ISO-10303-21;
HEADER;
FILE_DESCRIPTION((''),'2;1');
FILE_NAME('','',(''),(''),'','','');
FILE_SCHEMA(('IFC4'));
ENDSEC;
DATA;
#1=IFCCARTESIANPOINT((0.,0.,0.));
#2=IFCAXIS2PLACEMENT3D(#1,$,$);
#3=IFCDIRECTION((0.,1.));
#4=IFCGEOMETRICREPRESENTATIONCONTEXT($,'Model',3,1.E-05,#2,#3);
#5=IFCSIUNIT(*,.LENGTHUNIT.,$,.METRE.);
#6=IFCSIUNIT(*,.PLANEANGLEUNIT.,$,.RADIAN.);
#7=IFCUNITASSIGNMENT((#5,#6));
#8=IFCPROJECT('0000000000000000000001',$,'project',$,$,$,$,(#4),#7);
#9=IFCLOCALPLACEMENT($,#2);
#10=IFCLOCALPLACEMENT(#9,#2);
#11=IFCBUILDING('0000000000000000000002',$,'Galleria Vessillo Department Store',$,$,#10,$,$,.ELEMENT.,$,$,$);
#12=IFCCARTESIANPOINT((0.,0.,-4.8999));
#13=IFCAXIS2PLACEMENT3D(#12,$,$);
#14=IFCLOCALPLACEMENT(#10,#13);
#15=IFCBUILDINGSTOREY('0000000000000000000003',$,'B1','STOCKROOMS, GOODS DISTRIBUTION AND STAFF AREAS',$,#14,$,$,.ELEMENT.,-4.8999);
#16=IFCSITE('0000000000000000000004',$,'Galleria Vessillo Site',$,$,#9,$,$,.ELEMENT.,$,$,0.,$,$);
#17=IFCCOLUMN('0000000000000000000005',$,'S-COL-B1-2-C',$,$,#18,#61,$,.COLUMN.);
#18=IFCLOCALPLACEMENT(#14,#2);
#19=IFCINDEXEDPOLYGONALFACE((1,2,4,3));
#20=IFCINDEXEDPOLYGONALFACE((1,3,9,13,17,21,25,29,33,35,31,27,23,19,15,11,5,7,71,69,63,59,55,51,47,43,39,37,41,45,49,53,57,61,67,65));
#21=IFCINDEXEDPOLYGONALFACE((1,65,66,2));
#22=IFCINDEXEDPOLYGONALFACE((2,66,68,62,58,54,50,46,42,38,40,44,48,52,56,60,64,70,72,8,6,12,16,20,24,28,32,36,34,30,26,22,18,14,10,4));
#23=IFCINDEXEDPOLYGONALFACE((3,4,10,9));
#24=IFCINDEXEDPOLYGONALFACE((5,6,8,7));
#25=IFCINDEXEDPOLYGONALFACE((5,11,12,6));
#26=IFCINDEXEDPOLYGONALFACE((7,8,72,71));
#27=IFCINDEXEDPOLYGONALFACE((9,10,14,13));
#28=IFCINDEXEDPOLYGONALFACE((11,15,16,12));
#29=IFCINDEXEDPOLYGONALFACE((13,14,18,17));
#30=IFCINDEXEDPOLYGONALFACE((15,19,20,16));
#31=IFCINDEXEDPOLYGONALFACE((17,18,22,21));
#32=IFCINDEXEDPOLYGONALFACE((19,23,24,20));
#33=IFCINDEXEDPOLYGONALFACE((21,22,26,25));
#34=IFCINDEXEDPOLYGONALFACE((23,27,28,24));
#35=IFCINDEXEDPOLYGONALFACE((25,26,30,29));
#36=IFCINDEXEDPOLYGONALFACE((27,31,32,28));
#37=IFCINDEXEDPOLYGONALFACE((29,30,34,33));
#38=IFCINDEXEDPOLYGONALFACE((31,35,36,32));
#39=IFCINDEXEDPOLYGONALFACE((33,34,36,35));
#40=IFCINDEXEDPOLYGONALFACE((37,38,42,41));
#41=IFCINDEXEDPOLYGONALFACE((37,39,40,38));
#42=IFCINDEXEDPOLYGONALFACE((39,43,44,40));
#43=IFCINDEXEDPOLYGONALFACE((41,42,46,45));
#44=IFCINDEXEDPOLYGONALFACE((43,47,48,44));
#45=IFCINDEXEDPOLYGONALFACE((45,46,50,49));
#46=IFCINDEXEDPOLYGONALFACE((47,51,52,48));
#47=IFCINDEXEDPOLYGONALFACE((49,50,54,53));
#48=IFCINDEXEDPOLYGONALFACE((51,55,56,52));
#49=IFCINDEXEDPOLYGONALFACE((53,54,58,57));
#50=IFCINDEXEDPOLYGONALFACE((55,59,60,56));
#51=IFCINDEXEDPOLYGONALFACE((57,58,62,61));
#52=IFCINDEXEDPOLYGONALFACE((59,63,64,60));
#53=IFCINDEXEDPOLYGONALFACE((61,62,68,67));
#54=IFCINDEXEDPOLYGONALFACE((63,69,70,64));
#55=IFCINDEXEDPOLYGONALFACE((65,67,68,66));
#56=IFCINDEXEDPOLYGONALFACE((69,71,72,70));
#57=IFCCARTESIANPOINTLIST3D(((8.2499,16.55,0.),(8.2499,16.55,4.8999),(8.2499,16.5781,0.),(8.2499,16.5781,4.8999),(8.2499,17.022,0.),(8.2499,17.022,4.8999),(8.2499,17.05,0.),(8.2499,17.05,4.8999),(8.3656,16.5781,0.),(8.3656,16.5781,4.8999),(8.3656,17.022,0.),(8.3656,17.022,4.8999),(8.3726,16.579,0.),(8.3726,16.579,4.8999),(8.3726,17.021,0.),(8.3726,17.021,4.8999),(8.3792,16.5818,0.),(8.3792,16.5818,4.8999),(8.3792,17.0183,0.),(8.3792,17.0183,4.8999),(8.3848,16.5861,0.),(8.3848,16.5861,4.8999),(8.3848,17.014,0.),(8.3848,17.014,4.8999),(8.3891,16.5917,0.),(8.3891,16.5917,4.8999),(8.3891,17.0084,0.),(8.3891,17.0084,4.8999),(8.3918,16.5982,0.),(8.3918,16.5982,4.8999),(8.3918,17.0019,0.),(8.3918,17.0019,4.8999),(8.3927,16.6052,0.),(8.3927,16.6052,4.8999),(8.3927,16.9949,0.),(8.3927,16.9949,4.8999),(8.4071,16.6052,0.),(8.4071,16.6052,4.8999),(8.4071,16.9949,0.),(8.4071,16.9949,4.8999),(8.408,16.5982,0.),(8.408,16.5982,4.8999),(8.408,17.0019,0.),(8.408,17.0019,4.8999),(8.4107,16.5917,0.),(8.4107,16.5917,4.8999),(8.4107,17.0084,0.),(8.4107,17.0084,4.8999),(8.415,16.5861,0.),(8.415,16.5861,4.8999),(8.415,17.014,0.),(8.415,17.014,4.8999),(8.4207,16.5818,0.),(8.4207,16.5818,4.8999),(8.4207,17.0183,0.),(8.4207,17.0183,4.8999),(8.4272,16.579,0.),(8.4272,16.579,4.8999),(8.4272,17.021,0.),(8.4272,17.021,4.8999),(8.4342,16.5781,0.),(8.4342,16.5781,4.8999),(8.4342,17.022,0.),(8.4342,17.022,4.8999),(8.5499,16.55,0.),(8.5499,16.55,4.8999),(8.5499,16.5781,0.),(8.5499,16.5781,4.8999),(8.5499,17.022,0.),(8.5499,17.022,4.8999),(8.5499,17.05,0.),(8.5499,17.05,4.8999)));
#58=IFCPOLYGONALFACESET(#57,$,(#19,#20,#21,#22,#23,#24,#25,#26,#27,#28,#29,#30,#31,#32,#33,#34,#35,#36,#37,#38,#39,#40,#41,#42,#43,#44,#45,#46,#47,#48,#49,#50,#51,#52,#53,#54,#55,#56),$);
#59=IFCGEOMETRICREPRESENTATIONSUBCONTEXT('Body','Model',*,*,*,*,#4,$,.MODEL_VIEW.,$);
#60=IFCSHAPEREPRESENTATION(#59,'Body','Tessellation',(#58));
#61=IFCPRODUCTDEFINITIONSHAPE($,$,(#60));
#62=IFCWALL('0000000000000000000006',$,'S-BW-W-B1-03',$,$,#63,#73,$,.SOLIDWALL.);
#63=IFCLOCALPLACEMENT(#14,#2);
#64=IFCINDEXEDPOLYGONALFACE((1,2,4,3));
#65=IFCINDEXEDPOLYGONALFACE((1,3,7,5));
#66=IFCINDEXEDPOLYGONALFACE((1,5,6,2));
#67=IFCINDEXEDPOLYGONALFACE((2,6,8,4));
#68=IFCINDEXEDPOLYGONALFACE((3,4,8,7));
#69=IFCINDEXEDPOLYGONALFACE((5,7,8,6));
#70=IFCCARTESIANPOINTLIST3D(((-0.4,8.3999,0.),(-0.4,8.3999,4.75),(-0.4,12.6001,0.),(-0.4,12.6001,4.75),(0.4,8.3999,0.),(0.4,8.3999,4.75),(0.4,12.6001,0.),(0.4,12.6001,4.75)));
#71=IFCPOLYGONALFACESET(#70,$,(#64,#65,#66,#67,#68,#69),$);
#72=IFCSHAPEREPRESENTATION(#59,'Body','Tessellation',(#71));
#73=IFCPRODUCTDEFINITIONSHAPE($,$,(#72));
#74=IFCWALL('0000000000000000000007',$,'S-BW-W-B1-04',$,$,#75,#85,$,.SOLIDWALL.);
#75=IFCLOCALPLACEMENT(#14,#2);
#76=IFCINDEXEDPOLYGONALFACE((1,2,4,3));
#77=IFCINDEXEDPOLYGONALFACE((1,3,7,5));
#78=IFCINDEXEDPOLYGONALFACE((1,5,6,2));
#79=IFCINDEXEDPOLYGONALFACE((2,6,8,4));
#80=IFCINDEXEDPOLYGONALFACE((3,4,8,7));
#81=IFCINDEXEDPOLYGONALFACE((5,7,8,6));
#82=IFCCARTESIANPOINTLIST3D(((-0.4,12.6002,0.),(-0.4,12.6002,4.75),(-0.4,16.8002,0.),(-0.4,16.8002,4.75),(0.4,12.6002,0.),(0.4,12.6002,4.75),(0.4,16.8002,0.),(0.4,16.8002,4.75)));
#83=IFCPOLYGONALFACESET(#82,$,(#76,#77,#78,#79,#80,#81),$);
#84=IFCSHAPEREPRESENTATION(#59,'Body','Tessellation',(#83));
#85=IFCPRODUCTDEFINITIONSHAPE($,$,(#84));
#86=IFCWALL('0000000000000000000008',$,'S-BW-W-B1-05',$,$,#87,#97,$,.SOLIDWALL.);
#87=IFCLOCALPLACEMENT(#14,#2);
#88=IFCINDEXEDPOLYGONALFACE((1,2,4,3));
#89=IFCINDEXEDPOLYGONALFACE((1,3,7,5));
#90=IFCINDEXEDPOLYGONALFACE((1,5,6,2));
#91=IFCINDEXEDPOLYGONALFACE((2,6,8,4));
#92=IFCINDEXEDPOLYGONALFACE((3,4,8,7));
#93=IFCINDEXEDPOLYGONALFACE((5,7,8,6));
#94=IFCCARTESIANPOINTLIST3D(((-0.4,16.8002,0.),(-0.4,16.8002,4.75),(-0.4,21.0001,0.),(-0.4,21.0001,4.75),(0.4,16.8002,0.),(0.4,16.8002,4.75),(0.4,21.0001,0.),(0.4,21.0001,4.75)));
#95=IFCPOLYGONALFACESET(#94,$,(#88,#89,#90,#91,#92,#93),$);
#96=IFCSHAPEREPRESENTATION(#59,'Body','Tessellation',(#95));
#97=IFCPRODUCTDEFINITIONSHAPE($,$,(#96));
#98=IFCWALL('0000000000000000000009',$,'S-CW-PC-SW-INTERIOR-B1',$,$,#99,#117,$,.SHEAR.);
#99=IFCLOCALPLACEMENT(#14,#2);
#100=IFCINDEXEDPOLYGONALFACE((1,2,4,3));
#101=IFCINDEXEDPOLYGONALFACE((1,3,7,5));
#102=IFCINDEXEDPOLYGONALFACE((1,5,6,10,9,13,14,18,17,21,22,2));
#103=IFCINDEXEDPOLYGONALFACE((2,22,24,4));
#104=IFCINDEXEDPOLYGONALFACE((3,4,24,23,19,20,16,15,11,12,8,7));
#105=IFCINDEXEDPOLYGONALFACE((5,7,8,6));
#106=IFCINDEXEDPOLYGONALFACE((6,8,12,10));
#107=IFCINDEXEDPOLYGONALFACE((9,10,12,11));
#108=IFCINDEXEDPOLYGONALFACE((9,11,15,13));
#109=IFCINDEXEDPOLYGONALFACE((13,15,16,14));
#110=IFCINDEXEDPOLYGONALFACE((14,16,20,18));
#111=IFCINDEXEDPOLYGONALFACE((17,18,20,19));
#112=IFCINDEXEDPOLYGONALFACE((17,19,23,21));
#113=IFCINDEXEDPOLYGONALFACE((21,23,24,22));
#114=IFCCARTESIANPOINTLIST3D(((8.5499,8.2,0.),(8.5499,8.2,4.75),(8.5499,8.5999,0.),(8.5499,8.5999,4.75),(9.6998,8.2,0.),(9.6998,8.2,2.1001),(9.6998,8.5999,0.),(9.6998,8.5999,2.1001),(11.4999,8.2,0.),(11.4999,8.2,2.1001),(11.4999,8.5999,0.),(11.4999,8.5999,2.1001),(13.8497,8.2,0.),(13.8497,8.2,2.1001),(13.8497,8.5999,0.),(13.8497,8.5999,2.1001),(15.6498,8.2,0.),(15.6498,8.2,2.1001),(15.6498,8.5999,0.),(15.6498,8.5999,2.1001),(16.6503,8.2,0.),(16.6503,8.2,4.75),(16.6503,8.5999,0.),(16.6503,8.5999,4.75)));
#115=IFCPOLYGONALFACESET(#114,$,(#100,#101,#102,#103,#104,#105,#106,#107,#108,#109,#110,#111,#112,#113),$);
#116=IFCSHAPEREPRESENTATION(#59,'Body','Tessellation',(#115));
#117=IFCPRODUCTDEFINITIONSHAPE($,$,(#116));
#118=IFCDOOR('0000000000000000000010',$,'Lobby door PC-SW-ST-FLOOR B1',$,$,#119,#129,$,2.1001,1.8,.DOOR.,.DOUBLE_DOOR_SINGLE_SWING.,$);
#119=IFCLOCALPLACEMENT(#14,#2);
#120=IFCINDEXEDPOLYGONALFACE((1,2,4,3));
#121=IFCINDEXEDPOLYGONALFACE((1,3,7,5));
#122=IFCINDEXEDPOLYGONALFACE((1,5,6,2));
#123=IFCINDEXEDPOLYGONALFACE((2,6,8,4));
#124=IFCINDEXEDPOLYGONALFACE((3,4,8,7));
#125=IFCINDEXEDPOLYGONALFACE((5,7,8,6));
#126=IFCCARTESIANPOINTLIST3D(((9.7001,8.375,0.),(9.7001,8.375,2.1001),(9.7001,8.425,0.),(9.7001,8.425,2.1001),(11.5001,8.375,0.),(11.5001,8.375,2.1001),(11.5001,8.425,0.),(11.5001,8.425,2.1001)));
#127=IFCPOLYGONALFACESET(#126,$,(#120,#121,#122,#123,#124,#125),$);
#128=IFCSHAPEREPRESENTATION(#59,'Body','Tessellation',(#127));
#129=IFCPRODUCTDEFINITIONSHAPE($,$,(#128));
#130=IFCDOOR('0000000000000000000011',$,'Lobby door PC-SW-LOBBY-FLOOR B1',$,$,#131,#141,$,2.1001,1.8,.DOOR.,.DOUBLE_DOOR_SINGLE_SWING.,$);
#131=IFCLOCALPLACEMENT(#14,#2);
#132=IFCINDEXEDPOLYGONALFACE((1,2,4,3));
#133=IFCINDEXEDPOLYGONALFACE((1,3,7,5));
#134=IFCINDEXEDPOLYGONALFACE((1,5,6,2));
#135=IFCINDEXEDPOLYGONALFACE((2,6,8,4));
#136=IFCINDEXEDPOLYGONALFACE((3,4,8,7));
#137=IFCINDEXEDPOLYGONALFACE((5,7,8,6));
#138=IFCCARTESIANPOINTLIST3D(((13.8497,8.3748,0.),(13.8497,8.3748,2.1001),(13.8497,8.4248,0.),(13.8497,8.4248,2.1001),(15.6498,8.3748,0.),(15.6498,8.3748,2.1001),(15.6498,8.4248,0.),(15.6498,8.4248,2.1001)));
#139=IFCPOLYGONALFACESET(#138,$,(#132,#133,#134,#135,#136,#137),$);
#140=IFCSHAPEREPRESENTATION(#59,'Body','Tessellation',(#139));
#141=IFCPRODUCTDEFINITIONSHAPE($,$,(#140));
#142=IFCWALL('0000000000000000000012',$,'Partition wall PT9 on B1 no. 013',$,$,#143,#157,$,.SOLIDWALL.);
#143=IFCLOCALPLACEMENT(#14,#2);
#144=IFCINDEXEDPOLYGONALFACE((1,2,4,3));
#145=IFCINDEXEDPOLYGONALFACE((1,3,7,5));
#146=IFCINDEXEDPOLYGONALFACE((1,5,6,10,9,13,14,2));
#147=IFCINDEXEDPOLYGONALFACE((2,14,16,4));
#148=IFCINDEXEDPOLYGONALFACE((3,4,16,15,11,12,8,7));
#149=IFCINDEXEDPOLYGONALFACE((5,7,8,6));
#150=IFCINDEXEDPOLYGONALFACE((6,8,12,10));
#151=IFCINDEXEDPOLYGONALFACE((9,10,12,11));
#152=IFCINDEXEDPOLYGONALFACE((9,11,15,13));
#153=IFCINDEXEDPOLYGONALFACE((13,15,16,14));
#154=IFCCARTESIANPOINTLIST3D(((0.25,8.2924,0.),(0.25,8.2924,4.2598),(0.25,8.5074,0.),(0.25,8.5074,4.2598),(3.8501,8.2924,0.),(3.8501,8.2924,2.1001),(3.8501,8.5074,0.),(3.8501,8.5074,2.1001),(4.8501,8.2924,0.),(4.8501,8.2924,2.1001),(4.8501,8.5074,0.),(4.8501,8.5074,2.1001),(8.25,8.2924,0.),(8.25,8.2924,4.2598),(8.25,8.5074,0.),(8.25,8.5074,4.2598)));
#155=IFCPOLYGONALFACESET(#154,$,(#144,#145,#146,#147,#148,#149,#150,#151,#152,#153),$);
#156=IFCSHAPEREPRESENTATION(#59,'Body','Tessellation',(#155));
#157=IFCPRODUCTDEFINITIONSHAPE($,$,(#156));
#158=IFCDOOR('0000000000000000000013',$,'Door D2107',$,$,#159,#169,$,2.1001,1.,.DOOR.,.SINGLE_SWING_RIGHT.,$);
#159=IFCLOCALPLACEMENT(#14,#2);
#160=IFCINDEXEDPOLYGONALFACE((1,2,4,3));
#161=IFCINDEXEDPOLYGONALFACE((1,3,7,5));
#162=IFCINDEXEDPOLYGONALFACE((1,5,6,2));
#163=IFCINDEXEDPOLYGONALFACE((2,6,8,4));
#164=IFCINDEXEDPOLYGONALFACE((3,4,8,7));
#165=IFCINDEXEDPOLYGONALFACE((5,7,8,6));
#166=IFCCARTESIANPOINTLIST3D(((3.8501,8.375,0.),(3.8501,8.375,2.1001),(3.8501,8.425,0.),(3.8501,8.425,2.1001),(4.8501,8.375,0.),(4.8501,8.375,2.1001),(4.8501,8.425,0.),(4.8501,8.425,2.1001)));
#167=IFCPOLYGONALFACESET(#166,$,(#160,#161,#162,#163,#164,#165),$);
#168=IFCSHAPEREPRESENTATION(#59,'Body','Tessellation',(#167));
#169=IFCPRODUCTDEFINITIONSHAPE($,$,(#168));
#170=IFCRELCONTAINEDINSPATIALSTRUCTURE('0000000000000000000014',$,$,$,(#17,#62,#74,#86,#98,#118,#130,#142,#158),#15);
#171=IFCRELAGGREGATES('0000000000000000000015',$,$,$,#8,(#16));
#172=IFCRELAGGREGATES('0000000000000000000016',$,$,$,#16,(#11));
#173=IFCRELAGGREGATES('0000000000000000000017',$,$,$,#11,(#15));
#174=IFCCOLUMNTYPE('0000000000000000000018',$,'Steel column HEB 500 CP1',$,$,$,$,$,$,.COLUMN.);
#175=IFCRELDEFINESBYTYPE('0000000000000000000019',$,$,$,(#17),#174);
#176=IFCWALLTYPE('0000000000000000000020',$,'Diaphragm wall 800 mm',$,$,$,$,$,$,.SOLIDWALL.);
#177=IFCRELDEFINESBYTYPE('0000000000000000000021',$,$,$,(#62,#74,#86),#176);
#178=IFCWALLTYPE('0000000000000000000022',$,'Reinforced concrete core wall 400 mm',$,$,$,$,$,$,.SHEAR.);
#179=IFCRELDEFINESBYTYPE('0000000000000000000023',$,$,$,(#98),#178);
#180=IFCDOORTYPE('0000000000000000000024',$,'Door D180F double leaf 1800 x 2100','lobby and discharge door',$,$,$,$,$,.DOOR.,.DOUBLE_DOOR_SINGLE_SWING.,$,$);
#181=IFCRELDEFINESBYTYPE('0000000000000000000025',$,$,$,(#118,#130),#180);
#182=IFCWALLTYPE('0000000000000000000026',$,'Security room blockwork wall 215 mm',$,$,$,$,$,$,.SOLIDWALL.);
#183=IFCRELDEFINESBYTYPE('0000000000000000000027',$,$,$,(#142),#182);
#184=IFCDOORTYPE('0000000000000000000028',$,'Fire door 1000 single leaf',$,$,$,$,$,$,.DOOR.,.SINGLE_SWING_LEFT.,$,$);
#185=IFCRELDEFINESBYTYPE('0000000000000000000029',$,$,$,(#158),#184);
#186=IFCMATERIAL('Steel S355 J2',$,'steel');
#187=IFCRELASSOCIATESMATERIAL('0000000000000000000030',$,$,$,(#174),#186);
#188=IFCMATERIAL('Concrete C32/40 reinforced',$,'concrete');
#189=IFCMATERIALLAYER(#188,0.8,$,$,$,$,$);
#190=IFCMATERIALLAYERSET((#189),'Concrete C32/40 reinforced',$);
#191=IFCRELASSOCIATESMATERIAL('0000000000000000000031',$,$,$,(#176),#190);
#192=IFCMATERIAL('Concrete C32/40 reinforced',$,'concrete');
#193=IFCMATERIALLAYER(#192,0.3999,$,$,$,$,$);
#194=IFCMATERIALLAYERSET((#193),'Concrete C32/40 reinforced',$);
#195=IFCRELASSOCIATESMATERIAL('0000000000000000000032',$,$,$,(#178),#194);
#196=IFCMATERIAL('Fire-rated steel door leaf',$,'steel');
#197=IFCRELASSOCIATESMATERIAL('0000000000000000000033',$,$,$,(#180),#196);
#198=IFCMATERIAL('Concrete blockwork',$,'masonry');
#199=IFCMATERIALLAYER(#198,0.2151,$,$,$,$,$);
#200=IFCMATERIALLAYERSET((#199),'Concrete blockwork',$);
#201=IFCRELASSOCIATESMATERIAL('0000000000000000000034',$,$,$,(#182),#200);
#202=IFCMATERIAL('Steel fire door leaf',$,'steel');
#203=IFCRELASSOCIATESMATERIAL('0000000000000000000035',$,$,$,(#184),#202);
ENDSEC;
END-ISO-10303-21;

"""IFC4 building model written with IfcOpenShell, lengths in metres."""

from ifc_helpers import new_model, si_unit, direction, frame, frame_2d, origin, origin_2d, place, context, subcontext, project, spatial, rectangle, i_section, extrude, material, layer, layer_set, material_profile, profile_set, type_object, element, fill, save


model = new_model("IFC4")

# Units and contexts
model_context = context("Model", 3, precision=1e-05, world=origin(), true_north=direction((0.0, 1.0)))
body_context = subcontext(model_context, "Body", "Model", "MODEL_VIEW")
ifc_project = project(units=[si_unit("LENGTHUNIT", "METRE"), si_unit("PLANEANGLEUNIT", "RADIAN")], contexts=[model_context])

# Site, building, storey
site_placement = place(None, origin())
site = spatial("IfcSite", under=ifc_project, at=site_placement, Name="Galleria Vessillo Site", CompositionType="ELEMENT", RefElevation=0.0)
building_placement = place(site_placement, origin())
building = spatial("IfcBuilding", under=site, at=building_placement, Name="Galleria Vessillo Department Store", CompositionType="ELEMENT")
storey_placement = place(building_placement, frame((0.0, 0.0, -4.8999)))
storey = spatial("IfcBuildingStorey", under=building, at=storey_placement, Name="B1", Description="STOCKROOMS, GOODS DISTRIBUTION AND STAFF AREAS", CompositionType="ELEMENT", Elevation=-4.8999)

# Column
ifc_material_1 = material(Name="Steel S355 J2", Category="steel")
ifc_material_profile = material_profile(ifc_material_1, i_section(OverallWidth=0.3, OverallDepth=0.5, WebThickness=0.0144, FlangeThickness=0.0281, FilletRadius=0.0271, at=origin_2d()), Name="HEB 500")
ifc_profile_set = profile_set([ifc_material_profile], Name="Steel S355 J2")
column_type = type_object("IfcColumnType", Name="Steel column HEB 500 CP1", PredefinedType="COLUMN", material=ifc_profile_set)
for number, where, z_axis, x_axis, name in (
    (1, (8.3999, 16.8, 0.0), (0.0, 0.0, 1.0), (1.0, 0.0, 0.0), "S-COL-B1-2-C"),
):
    element("IfcColumn", number, at=place(storey_placement, frame(where, z_axis=z_axis, x_axis=x_axis)), inside=storey, type_object=column_type, Name=name, PredefinedType="COLUMN", context=body_context, shape_type="SweptSolid", body=[
        extrude(i_section(OverallWidth=0.3, OverallDepth=0.5, WebThickness=0.0144, FlangeThickness=0.0281, FilletRadius=0.0271, at=origin_2d()), origin(), (0.0, 0.0, 1.0), 4.8999),
    ])

# Walls
ifc_material_2 = material(Name="Concrete C32/40 reinforced", Category="concrete")
ifc_layer_1 = layer(ifc_material_2, 0.8)
ifc_layer_set_1 = layer_set([ifc_layer_1], Name="Concrete C32/40 reinforced")
wall_type_1 = type_object("IfcWallType", Name="Diaphragm wall 800 mm", PredefinedType="SOLIDWALL", material=ifc_layer_set_1)
wall_1_placement = place(storey_placement, frame((0.0, 8.3999, 0.0), z_axis=(0.0, 0.0, 1.0), x_axis=(0.0, 1.0, 0.0)))
element("IfcWall", 2, at=wall_1_placement, inside=storey, type_object=wall_type_1, Name="S-BW-W-B1-03", PredefinedType="SOLIDWALL", context=body_context, shape_type="SweptSolid", body=[
    extrude(rectangle(XDim=4.2002, YDim=0.8, at=frame_2d((2.1001, 0.0))), origin(), (0.0, 0.0, 1.0), 4.75),
])
for number, where, z_axis, x_axis, name in (
    (3, (0.0, 12.6001, 0.0), (0.0, 0.0, 1.0), (0.0, 1.0, 0.0), "S-BW-W-B1-04"),
    (4, (0.0, 16.8, 0.0), (0.0, 0.0, 1.0), (0.0, 1.0, 0.0), "S-BW-W-B1-05"),
):
    element("IfcWall", number, at=place(storey_placement, frame(where, z_axis=z_axis, x_axis=x_axis)), inside=storey, type_object=wall_type_1, Name=name, PredefinedType="SOLIDWALL", context=body_context, shape_type="SweptSolid", body=[
        extrude(rectangle(XDim=4.2, YDim=0.8, at=frame_2d((2.1001, 0.0))), origin(), (0.0, 0.0, 1.0), 4.75),
    ])

# Wall, openings, doors
ifc_material_3 = material(Name="Concrete C32/40 reinforced", Category="concrete")
ifc_layer_2 = layer(ifc_material_3, 0.3999)
ifc_layer_set_2 = layer_set([ifc_layer_2], Name="Concrete C32/40 reinforced")
wall_type_2 = type_object("IfcWallType", Name="Reinforced concrete core wall 400 mm", PredefinedType="SHEAR", material=ifc_layer_set_2)
wall_2_placement = place(storey_placement, frame((8.5498, 8.3999, 0.0), z_axis=(0.0, 0.0, 1.0), x_axis=(1.0, 0.0, 0.0)))
wall_2 = element("IfcWall", 5, at=wall_2_placement, inside=storey, type_object=wall_type_2, Name="S-CW-PC-SW-INTERIOR-B1", PredefinedType="SHEAR", context=body_context, shape_type="SweptSolid", body=[
    extrude(rectangle(XDim=8.1003, YDim=0.3999, at=frame_2d((4.0503, 0.0))), origin(), (0.0, 0.0, 1.0), 4.75),
])
opening_1_placement = place(wall_2_placement, frame((1.1501, 0.0, 0.0)))
opening_1 = element("IfcOpeningElement", 6, at=opening_1_placement, cuts=wall_2, PredefinedType="OPENING", context=body_context, shape_type="SweptSolid", body=[
    extrude(rectangle(XDim=1.8, YDim=2.1001, at=frame_2d((0.8999, 1.05))), frame((0.0, 0.21, 0.0), z_axis=(0.0, -1.0, 0.0), x_axis=(1.0, 0.0, 0.0)), (0.0, 0.0, 1.0), 0.4199),
])
opening_2_placement = place(wall_2_placement, frame((5.3, 0.0, 0.0)))
opening_2 = element("IfcOpeningElement", 7, at=opening_2_placement, cuts=wall_2, PredefinedType="OPENING", context=body_context, shape_type="SweptSolid", body=[
    extrude(rectangle(XDim=1.8, YDim=2.1001, at=frame_2d((0.8999, 1.05))), frame((0.0, 0.21, 0.0), z_axis=(0.0, -1.0, 0.0), x_axis=(1.0, 0.0, 0.0)), (0.0, 0.0, 1.0), 0.4199),
])
ifc_material_4 = material(Name="Fire-rated steel door leaf", Category="steel")
door_type_1 = type_object("IfcDoorType", Name="Door D180F double leaf 1800 x 2100", Description="lobby and discharge door", OperationType="DOUBLE_DOOR_SINGLE_SWING", PredefinedType="DOOR", material=ifc_material_4)
door_1_placement = place(opening_1_placement, frame((1.8, 0.0, 0.0), z_axis=(0.0, 0.0, 1.0), x_axis=(-1.0, 0.0, 0.0)))
door_1 = element("IfcDoor", 8, at=door_1_placement, inside=storey, type_object=door_type_1, Name="Lobby door PC-SW-ST-FLOOR B1", OperationType="DOUBLE_DOOR_SINGLE_SWING", OverallHeight=2.1001, OverallWidth=1.8, PredefinedType="DOOR", context=body_context, shape_type="SweptSolid", body=[
    extrude(rectangle(XDim=1.8, YDim=2.1001, at=frame_2d((0.8999, 1.05))), frame((0.0, 0.0249, 0.0), z_axis=(0.0, -1.0, 0.0), x_axis=(1.0, 0.0, 0.0)), (0.0, 0.0, 1.0), 0.05),
])
fill(opening_1, door_1)
door_2_placement = place(opening_2_placement, origin())
door_2 = element("IfcDoor", 9, at=door_2_placement, inside=storey, type_object=door_type_1, Name="Lobby door PC-SW-LOBBY-FLOOR B1", OperationType="DOUBLE_DOOR_SINGLE_SWING", OverallHeight=2.1001, OverallWidth=1.8, PredefinedType="DOOR", context=body_context, shape_type="SweptSolid", body=[
    extrude(rectangle(XDim=1.8, YDim=2.1001, at=frame_2d((0.8999, 1.05))), frame((0.0, 0.0249, 0.0), z_axis=(0.0, -1.0, 0.0), x_axis=(1.0, 0.0, 0.0)), (0.0, 0.0, 1.0), 0.05),
])
fill(opening_2, door_2)

# Wall, opening, door
ifc_material_5 = material(Name="Concrete blockwork", Category="masonry")
ifc_layer_3 = layer(ifc_material_5, 0.2151)
ifc_layer_set_3 = layer_set([ifc_layer_3], Name="Concrete blockwork")
wall_type_3 = type_object("IfcWallType", Name="Security room blockwork wall 215 mm", PredefinedType="SOLIDWALL", material=ifc_layer_set_3)
wall_3_placement = place(storey_placement, frame((0.25, 8.3999, 0.0), z_axis=(0.0, 0.0, 1.0), x_axis=(1.0, 0.0, 0.0)))
wall_3 = element("IfcWall", 10, at=wall_3_placement, inside=storey, type_object=wall_type_3, Name="Partition wall PT9 on B1 no. 013", PredefinedType="SOLIDWALL", context=body_context, shape_type="SweptSolid", body=[
    extrude(rectangle(XDim=8.0, YDim=0.2151, at=frame_2d((4.0, 0.0))), origin(), (0.0, 0.0, 1.0), 4.2598),
])
opening_3_placement = place(wall_3_placement, frame((3.6001, 0.0, 0.0)))
opening_3 = element("IfcOpeningElement", 11, at=opening_3_placement, cuts=wall_3, PredefinedType="OPENING", context=body_context, shape_type="SweptSolid", body=[
    extrude(rectangle(XDim=1.0, YDim=2.1001, at=frame_2d((0.5, 1.05))), frame((0.0, 0.1177, 0.0), z_axis=(0.0, -1.0, 0.0), x_axis=(1.0, 0.0, 0.0)), (0.0, 0.0, 1.0), 0.2351),
])
ifc_material_6 = material(Name="Steel fire door leaf", Category="steel")
door_type_2 = type_object("IfcDoorType", Name="Fire door 1000 single leaf", OperationType="SINGLE_SWING_LEFT", PredefinedType="DOOR", material=ifc_material_6)
door_3_placement = place(opening_3_placement, frame((1.0, 0.0, 0.0), z_axis=(0.0, 0.0, 1.0), x_axis=(-1.0, 0.0, 0.0)))
door_3 = element("IfcDoor", 12, at=door_3_placement, inside=storey, type_object=door_type_2, Name="Door D2107", OperationType="SINGLE_SWING_RIGHT", OverallHeight=2.1001, OverallWidth=1.0, PredefinedType="DOOR", context=body_context, shape_type="SweptSolid", body=[
    extrude(rectangle(XDim=1.0, YDim=2.1001, at=frame_2d((0.5, 1.05))), frame((0.0, 0.0249, 0.0), z_axis=(0.0, -1.0, 0.0), x_axis=(1.0, 0.0, 0.0)), (0.0, 0.0, 1.0), 0.05),
])
fill(opening_3, door_3)

save(model, "model.ifc")
